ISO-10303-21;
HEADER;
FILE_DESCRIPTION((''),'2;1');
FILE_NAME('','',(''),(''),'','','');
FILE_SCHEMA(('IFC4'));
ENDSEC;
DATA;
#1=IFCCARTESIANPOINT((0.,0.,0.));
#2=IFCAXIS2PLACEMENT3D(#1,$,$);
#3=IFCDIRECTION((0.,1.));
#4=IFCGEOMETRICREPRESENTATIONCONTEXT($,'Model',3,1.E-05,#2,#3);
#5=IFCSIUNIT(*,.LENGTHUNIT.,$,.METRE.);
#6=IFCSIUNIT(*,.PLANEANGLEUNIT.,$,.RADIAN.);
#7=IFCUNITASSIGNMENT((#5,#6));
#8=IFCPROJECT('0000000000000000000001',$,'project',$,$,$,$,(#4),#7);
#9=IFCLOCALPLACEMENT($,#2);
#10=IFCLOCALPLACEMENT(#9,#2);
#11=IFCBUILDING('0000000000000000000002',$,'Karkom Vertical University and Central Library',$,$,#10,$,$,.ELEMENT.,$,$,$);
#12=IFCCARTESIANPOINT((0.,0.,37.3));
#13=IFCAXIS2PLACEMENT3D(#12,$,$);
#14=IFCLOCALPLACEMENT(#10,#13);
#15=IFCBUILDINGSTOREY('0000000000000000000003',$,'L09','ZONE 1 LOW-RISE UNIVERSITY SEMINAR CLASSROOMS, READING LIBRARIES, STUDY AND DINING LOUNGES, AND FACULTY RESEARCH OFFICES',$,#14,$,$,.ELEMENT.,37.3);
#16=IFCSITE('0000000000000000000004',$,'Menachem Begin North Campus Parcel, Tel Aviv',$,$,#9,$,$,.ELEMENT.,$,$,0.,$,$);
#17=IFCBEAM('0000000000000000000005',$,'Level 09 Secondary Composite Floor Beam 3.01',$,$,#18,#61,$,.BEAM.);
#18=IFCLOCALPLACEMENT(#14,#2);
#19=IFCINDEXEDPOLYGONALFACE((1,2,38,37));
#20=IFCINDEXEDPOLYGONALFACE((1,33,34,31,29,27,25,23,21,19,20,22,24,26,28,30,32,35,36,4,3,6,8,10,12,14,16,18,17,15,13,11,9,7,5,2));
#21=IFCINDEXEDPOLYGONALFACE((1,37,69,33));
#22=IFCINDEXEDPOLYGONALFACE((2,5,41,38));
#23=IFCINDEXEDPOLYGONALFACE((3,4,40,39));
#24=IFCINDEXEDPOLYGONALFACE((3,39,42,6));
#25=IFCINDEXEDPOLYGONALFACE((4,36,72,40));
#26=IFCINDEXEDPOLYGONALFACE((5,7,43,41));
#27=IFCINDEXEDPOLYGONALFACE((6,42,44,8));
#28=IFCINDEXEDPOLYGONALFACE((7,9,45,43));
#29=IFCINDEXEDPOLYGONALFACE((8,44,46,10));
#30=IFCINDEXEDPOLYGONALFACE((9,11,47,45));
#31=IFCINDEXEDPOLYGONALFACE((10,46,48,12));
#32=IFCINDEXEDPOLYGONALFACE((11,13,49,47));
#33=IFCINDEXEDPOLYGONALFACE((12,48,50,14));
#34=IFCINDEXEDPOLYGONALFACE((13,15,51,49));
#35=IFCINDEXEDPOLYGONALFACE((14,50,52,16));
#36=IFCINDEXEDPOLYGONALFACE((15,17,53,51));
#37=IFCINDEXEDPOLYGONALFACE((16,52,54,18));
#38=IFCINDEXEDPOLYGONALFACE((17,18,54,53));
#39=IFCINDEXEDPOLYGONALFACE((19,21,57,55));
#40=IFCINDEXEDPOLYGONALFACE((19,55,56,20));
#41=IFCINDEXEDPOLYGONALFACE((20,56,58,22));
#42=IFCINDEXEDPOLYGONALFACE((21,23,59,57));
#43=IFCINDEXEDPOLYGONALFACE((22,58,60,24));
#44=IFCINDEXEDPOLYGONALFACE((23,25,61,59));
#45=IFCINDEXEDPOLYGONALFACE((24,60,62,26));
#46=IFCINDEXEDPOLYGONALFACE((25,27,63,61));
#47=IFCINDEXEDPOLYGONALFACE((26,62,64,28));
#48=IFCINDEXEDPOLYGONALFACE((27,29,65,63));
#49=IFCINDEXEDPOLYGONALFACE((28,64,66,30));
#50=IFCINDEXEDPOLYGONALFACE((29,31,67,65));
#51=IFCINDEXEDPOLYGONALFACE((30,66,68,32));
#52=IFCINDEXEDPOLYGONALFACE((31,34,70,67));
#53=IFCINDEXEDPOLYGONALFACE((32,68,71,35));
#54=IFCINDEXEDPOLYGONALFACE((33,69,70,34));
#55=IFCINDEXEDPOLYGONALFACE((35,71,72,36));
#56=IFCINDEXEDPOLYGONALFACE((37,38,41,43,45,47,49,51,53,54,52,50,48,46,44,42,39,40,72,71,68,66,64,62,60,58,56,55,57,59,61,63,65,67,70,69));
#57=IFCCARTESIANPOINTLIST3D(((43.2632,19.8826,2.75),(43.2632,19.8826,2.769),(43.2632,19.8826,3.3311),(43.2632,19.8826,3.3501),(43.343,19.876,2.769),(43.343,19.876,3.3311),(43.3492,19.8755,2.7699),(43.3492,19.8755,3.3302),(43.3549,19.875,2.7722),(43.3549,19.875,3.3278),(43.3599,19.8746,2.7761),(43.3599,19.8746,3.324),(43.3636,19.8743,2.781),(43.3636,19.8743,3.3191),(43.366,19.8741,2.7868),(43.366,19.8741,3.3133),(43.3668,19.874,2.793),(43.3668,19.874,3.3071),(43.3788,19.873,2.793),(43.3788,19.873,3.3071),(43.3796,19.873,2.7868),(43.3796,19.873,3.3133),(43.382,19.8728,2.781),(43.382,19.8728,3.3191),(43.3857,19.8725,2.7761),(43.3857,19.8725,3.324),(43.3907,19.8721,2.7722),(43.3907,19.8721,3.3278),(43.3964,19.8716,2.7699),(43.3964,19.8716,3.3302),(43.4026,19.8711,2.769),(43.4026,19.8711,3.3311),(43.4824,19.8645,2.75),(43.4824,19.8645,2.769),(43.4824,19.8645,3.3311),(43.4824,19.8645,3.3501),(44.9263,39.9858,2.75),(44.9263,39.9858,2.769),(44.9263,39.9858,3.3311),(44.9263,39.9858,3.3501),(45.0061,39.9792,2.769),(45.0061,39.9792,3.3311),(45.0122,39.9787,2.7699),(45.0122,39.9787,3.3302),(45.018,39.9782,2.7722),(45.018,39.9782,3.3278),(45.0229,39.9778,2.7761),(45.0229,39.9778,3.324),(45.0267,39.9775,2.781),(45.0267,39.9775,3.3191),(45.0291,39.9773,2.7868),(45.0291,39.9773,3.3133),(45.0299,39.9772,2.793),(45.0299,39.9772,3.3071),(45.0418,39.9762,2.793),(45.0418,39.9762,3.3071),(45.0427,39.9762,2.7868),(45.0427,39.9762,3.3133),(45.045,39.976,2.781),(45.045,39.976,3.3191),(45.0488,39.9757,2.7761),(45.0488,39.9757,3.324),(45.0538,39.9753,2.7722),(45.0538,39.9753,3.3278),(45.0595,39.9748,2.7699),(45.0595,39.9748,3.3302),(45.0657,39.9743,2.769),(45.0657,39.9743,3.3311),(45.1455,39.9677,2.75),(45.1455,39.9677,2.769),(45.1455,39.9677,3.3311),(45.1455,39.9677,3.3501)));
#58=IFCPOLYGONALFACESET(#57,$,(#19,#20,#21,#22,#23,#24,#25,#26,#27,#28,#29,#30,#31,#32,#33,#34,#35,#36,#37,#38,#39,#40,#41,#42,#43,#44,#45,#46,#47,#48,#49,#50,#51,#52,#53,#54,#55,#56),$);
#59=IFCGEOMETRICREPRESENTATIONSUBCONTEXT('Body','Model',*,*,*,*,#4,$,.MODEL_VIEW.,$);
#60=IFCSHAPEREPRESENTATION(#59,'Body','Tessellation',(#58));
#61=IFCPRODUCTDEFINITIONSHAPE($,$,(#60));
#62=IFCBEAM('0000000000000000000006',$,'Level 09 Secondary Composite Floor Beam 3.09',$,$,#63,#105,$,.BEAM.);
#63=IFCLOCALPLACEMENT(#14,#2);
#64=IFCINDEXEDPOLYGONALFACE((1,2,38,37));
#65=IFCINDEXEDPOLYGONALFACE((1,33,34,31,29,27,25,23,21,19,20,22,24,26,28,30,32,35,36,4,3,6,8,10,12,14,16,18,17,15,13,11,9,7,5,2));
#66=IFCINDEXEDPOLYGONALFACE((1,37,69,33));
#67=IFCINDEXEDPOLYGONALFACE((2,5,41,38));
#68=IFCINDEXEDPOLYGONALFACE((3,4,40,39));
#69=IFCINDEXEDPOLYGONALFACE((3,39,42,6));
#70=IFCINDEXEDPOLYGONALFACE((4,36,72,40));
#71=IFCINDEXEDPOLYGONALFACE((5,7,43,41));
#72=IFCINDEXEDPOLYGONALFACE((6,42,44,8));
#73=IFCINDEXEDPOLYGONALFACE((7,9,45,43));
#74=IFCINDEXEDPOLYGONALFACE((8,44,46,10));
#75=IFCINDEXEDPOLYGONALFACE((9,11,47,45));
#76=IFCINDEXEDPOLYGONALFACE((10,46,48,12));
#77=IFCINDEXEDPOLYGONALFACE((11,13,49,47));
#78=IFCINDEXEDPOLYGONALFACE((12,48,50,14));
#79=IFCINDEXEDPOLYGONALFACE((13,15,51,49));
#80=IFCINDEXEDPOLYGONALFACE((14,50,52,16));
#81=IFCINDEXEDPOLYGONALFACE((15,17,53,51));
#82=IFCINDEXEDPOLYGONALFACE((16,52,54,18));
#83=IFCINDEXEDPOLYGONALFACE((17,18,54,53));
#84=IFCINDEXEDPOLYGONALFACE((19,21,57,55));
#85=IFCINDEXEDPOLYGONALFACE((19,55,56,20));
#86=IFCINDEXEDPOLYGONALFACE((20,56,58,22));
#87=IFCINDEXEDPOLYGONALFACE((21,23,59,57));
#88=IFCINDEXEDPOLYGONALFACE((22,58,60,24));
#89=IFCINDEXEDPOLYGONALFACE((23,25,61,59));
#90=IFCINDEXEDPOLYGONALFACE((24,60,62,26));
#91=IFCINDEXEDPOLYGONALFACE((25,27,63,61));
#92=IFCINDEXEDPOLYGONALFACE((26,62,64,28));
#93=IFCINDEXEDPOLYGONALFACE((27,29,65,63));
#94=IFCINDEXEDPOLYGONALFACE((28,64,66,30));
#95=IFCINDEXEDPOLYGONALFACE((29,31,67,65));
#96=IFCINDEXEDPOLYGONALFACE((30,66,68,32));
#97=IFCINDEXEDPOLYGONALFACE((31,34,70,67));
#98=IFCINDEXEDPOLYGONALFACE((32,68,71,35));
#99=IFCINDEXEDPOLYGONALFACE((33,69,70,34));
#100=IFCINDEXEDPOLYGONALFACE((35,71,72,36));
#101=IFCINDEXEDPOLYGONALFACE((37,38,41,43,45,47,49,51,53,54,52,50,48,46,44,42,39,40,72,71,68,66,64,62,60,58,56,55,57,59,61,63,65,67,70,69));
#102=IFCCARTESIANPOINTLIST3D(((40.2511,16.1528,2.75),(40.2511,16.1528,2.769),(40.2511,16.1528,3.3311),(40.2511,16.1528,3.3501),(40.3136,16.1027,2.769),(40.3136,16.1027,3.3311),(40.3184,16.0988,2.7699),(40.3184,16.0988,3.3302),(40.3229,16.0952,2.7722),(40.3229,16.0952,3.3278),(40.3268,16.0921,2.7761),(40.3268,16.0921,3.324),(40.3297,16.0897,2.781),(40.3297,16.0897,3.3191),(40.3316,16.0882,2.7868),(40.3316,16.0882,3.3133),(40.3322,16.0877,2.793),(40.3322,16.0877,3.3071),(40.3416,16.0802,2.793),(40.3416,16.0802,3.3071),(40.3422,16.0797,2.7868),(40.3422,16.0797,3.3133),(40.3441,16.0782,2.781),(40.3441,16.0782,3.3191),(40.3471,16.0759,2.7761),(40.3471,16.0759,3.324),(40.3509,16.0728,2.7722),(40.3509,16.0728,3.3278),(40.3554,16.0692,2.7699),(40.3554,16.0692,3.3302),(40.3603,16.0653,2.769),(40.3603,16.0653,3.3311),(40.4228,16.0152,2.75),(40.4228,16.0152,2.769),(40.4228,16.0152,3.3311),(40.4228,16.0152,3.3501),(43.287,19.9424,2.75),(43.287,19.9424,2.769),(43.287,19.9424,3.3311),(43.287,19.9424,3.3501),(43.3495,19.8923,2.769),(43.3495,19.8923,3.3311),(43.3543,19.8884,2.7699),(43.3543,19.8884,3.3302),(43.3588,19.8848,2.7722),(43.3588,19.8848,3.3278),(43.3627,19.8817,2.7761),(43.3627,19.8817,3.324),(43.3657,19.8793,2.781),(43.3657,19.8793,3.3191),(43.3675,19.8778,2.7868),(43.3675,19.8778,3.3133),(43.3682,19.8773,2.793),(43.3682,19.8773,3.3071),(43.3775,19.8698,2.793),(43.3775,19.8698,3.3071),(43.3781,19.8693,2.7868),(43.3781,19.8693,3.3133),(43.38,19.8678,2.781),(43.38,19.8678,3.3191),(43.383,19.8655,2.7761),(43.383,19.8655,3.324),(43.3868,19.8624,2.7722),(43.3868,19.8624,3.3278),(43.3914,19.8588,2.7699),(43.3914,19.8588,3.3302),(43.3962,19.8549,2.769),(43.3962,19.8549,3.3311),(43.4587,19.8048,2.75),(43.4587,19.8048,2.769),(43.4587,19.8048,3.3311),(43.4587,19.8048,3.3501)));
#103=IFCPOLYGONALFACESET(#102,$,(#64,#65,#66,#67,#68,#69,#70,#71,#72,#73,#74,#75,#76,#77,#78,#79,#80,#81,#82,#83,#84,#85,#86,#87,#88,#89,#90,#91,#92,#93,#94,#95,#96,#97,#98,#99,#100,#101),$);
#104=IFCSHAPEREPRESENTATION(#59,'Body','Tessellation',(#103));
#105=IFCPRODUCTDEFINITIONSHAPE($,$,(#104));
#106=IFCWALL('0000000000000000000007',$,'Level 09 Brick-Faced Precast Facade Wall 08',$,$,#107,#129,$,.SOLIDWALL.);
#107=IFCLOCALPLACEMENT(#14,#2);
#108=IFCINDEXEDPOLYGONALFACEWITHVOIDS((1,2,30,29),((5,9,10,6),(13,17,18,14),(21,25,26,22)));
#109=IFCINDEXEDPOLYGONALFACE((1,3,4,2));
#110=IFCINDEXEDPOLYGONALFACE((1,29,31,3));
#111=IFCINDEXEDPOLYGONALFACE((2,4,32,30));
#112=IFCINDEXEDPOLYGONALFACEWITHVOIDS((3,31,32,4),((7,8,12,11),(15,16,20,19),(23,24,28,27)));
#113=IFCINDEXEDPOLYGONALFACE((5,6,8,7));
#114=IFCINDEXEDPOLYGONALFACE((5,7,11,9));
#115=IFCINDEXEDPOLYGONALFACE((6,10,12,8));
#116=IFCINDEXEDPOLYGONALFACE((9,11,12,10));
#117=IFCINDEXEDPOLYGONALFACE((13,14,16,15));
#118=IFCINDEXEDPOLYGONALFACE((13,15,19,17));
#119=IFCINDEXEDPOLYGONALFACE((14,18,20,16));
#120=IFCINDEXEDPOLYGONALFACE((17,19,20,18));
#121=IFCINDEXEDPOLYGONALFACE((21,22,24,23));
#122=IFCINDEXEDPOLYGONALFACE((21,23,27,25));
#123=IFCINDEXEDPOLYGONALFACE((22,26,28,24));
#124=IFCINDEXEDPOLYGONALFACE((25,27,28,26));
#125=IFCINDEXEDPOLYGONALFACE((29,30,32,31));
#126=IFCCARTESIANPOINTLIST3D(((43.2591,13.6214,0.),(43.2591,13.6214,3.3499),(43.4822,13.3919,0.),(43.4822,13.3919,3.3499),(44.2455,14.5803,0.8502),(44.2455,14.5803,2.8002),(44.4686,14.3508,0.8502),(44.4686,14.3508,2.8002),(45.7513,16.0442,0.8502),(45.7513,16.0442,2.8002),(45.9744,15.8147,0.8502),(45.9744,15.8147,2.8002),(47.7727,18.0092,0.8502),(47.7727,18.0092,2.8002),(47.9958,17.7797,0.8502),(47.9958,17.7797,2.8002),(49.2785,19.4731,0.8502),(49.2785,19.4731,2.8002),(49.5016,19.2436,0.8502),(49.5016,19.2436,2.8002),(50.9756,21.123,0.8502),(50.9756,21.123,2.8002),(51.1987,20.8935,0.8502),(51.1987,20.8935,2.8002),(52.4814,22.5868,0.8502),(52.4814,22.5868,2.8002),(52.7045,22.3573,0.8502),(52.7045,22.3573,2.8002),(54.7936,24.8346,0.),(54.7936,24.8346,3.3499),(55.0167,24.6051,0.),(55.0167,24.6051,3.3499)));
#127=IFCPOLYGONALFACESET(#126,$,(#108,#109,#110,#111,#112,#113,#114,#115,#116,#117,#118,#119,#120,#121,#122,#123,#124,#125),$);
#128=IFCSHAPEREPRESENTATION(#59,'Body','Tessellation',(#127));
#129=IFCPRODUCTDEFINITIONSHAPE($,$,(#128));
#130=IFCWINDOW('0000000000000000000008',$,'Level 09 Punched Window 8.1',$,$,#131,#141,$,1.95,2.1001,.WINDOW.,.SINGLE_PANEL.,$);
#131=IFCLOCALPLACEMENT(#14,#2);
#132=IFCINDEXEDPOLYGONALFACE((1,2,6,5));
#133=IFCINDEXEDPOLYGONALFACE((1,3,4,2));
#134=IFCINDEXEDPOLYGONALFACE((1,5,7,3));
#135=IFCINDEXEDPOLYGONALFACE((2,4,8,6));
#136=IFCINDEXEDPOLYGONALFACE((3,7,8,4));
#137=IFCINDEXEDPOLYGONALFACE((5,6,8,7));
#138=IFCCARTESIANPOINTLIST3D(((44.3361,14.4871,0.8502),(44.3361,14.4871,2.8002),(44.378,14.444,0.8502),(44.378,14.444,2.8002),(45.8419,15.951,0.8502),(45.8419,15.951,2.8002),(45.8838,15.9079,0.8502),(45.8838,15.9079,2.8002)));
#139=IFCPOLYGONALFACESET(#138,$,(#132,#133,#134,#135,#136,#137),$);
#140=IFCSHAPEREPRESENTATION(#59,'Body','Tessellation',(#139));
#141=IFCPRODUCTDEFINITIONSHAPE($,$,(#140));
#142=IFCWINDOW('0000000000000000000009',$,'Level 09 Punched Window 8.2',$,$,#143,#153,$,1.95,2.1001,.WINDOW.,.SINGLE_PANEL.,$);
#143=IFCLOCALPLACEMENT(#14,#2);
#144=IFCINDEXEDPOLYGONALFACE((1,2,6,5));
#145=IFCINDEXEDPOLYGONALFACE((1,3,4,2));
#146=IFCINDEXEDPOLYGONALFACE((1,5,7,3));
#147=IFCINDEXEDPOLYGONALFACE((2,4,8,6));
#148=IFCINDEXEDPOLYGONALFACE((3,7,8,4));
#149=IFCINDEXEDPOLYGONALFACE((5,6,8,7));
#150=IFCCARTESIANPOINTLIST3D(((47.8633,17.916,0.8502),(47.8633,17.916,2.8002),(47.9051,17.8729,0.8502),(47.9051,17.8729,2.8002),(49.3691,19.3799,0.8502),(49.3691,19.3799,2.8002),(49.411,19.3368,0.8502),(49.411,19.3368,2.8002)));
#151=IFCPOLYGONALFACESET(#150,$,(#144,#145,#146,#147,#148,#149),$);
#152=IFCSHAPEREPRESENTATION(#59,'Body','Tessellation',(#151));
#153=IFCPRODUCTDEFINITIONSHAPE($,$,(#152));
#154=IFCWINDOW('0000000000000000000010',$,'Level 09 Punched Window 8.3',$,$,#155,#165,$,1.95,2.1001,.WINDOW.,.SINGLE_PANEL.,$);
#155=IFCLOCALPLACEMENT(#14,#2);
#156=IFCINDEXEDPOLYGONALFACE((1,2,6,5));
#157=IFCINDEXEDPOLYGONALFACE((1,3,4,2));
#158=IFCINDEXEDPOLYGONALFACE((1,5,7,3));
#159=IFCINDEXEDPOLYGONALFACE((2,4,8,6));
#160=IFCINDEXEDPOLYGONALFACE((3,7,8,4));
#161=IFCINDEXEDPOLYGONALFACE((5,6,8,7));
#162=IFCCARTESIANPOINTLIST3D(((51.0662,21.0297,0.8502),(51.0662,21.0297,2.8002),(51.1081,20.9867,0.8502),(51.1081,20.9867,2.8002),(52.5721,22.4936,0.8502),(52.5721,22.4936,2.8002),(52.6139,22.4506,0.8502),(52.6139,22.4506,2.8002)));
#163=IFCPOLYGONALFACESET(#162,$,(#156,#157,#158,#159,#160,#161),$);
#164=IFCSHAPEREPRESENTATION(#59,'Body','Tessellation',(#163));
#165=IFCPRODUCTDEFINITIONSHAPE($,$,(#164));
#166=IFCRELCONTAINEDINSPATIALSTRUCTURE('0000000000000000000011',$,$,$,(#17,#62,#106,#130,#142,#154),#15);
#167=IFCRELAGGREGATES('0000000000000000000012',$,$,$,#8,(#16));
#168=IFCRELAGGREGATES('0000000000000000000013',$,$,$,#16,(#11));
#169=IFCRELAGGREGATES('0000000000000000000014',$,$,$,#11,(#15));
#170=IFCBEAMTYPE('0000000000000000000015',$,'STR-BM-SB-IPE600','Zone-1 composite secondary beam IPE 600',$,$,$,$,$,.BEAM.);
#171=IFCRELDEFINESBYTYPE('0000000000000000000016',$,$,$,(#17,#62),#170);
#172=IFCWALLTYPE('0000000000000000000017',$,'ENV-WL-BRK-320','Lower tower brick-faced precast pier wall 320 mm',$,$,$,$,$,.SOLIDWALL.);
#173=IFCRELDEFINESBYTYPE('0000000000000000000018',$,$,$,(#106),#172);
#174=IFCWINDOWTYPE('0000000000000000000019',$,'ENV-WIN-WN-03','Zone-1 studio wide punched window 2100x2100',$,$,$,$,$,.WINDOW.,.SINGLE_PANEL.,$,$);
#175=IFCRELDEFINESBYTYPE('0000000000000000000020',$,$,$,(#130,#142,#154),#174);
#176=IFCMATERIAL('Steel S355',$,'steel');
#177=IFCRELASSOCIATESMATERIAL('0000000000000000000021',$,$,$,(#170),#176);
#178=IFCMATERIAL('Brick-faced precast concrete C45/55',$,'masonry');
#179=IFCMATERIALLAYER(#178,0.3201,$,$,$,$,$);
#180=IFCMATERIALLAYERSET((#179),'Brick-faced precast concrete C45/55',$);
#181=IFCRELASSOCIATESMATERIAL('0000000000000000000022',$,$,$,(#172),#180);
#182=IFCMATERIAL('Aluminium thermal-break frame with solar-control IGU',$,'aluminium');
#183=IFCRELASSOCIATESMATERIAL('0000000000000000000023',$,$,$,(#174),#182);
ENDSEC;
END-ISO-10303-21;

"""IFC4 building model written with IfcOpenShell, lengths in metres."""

from ifc_helpers import new_model, si_unit, direction, frame, frame_2d, origin, origin_with_axes, origin_2d, place, context, subcontext, project, spatial, rectangle, i_section, extrude, source, transform, mapped, material, layer, layer_set, material_profile, profile_set, type_object, element, fill, save


model = new_model("IFC4")

# Units and contexts
model_context = context("Model", 3, precision=1e-05, world=origin(), true_north=direction((0.0, 1.0)))
body_context = subcontext(model_context, "Body", "Model", "MODEL_VIEW")
ifc_project = project(units=[si_unit("LENGTHUNIT", "METRE"), si_unit("PLANEANGLEUNIT", "RADIAN")], contexts=[model_context])

# Site, building, storey
site_placement = place(None, origin())
site = spatial("IfcSite", under=ifc_project, at=site_placement, Name="Menachem Begin North Campus Parcel, Tel Aviv", CompositionType="ELEMENT", RefElevation=0.0)
building_placement = place(site_placement, origin())
building = spatial("IfcBuilding", under=site, at=building_placement, Name="Karkom Vertical University and Central Library", CompositionType="ELEMENT")
storey_placement = place(building_placement, frame((0.0, 0.0, 37.3)))
storey = spatial("IfcBuildingStorey", under=building, at=storey_placement, Name="L09", Description="ZONE 1 LOW-RISE UNIVERSITY SEMINAR CLASSROOMS, READING LIBRARIES, STUDY AND DINING LOUNGES, AND FACULTY RESEARCH OFFICES", CompositionType="ELEMENT", Elevation=37.3)

# Beams
ifc_material_1 = material(Name="Steel S355", Category="steel")
ifc_material_profile_1 = material_profile(ifc_material_1, i_section(OverallWidth=0.22, OverallDepth=0.6001, WebThickness=0.012, FlangeThickness=0.019, FilletRadius=0.0239, at=origin_2d()), Name="IPE 600")
ifc_profile_set_1 = profile_set([ifc_material_profile_1], Name="Steel S355")
beam_type_1 = type_object("IfcBeamType", Name="STR-BM-SB-IPE600", Description="Zone-1 composite secondary beam IPE 600", PredefinedType="BEAM", material=ifc_profile_set_1)
shared_shape_1 = source(origin_with_axes(), body_context, "Body", "SweptSolid", [
    extrude(i_section(OverallWidth=0.22, OverallDepth=0.6001, WebThickness=0.012, FlangeThickness=0.019, FilletRadius=0.0239, at=origin_2d()), origin(), (0.0, 0.0, 1.0), 20.1719),
])
beam_1_placement = place(storey_placement, frame((43.3728, 19.8735, 3.05), z_axis=(0.082445, 0.996596, 0.0), x_axis=(-0.996596, 0.082445, 0.0)))
element("IfcBeam", 1, at=beam_1_placement, inside=storey, type_object=beam_type_1, Name="Level 09 Secondary Composite Floor Beam 3.01", PredefinedType="BEAM", context=body_context, shape_type="MappedRepresentation", body=[
    mapped(shared_shape_1, transform((0.0, 0.0, 0.0), scale=1.0)),
])
shared_shape_2 = source(origin_with_axes(), body_context, "Body", "SweptSolid", [
    extrude(i_section(OverallWidth=0.22, OverallDepth=0.6001, WebThickness=0.012, FlangeThickness=0.019, FilletRadius=0.0239, at=origin_2d()), origin(), (0.0, 0.0, 1.0), 4.8557),
])
beam_2_placement = place(storey_placement, frame((40.3369, 16.084, 3.05), z_axis=(0.625228, 0.780442, 0.0), x_axis=(-0.780442, 0.625228, 0.0)))
element("IfcBeam", 2, at=beam_2_placement, inside=storey, type_object=beam_type_1, Name="Level 09 Secondary Composite Floor Beam 3.09", PredefinedType="BEAM", context=body_context, shape_type="MappedRepresentation", body=[
    mapped(shared_shape_2, transform((0.0, 0.0, 0.0), scale=1.0)),
])

# Wall, openings, windows
ifc_material_2 = material(Name="Brick-faced precast concrete C45/55", Category="masonry")
ifc_layer_1 = layer(ifc_material_2, 0.3201)
ifc_layer_set_1 = layer_set([ifc_layer_1], Name="Brick-faced precast concrete C45/55")
wall_type_1 = type_object("IfcWallType", Name="ENV-WL-BRK-320", Description="Lower tower brick-faced precast pier wall 320 mm", PredefinedType="SOLIDWALL", material=ifc_layer_set_1)
wall_1_placement = place(storey_placement, frame((43.3706, 13.5066, 0.0), z_axis=(0.0, 0.0, 1.0), x_axis=(0.717023, 0.69705, 0.0)))
wall_1 = element("IfcWall", 3, at=wall_1_placement, inside=storey, type_object=wall_type_1, Name="Level 09 Brick-Faced Precast Facade Wall 08", PredefinedType="SOLIDWALL", context=body_context, shape_type="SweptSolid", body=[
    extrude(rectangle(XDim=16.0867, YDim=0.3201, at=frame_2d((8.0435, 0.0))), origin(), (0.0, 0.0, 1.0), 3.3499),
])
opening_1_placement = place(wall_1_placement, frame((1.3757, 0.0, 0.8501)))
opening_1 = element("IfcOpeningElement", 4, at=opening_1_placement, cuts=wall_1, PredefinedType="OPENING", context=body_context, shape_type="SweptSolid", body=[
    extrude(rectangle(XDim=2.1001, YDim=1.95, at=frame_2d((1.05, 0.9751))), frame((0.0, 0.1699, 0.0), z_axis=(0.0, -1.0, 0.0), x_axis=(1.0, 0.0, 0.0)), (0.0, 0.0, 1.0), 0.3401),
])
opening_2_placement = place(wall_1_placement, frame((6.2949, 0.0, 0.8501)))
opening_2 = element("IfcOpeningElement", 5, at=opening_2_placement, cuts=wall_1, PredefinedType="OPENING", context=body_context, shape_type="SweptSolid", body=[
    extrude(rectangle(XDim=2.1001, YDim=1.95, at=frame_2d((1.05, 0.9751))), frame((0.0, 0.1699, 0.0), z_axis=(0.0, -1.0, 0.0), x_axis=(1.0, 0.0, 0.0)), (0.0, 0.0, 1.0), 0.3401),
])
opening_3_placement = place(wall_1_placement, frame((10.762, 0.0, 0.8501)))
opening_3 = element("IfcOpeningElement", 6, at=opening_3_placement, cuts=wall_1, PredefinedType="OPENING", context=body_context, shape_type="SweptSolid", body=[
    extrude(rectangle(XDim=2.1001, YDim=1.95, at=frame_2d((1.05, 0.9751))), frame((0.0, 0.1699, 0.0), z_axis=(0.0, -1.0, 0.0), x_axis=(1.0, 0.0, 0.0)), (0.0, 0.0, 1.0), 0.3401),
])
ifc_material_3 = material(Name="Aluminium thermal-break frame with solar-control IGU", Category="aluminium")
window_type = type_object("IfcWindowType", Name="ENV-WIN-WN-03", Description="Zone-1 studio wide punched window 2100x2100", PartitioningType="SINGLE_PANEL", PredefinedType="WINDOW", material=ifc_material_3)
shared_shape_3 = source(origin_with_axes(), body_context, "Body", "SweptSolid", [
    extrude(rectangle(XDim=2.1001, YDim=1.95, at=frame_2d((1.05, 0.9751))), frame((0.0, 0.03, 0.0), z_axis=(0.0, -1.0, 0.0), x_axis=(1.0, 0.0, 0.0)), (0.0, 0.0, 1.0), 0.0601),
])
window_1_placement = place(opening_1_placement, origin())
window_1 = element("IfcWindow", 7, at=window_1_placement, inside=storey, type_object=window_type, Name="Level 09 Punched Window 8.1", OverallHeight=1.95, OverallWidth=2.1001, PartitioningType="SINGLE_PANEL", PredefinedType="WINDOW", context=body_context, shape_type="MappedRepresentation", body=[
    mapped(shared_shape_3, transform((0.0, 0.0, 0.0), scale=1.0)),
])
fill(opening_1, window_1)
window_2_placement = place(opening_2_placement, origin())
window_2 = element("IfcWindow", 8, at=window_2_placement, inside=storey, type_object=window_type, Name="Level 09 Punched Window 8.2", OverallHeight=1.95, OverallWidth=2.1001, PartitioningType="SINGLE_PANEL", PredefinedType="WINDOW", context=body_context, shape_type="MappedRepresentation", body=[
    mapped(shared_shape_3, transform((0.0, 0.0, 0.0), scale=1.0)),
])
fill(opening_2, window_2)
window_3_placement = place(opening_3_placement, origin())
window_3 = element("IfcWindow", 9, at=window_3_placement, inside=storey, type_object=window_type, Name="Level 09 Punched Window 8.3", OverallHeight=1.95, OverallWidth=2.1001, PartitioningType="SINGLE_PANEL", PredefinedType="WINDOW", context=body_context, shape_type="MappedRepresentation", body=[
    mapped(shared_shape_3, transform((0.0, 0.0, 0.0), scale=1.0)),
])
fill(opening_3, window_3)

save(model, "model.ifc")
